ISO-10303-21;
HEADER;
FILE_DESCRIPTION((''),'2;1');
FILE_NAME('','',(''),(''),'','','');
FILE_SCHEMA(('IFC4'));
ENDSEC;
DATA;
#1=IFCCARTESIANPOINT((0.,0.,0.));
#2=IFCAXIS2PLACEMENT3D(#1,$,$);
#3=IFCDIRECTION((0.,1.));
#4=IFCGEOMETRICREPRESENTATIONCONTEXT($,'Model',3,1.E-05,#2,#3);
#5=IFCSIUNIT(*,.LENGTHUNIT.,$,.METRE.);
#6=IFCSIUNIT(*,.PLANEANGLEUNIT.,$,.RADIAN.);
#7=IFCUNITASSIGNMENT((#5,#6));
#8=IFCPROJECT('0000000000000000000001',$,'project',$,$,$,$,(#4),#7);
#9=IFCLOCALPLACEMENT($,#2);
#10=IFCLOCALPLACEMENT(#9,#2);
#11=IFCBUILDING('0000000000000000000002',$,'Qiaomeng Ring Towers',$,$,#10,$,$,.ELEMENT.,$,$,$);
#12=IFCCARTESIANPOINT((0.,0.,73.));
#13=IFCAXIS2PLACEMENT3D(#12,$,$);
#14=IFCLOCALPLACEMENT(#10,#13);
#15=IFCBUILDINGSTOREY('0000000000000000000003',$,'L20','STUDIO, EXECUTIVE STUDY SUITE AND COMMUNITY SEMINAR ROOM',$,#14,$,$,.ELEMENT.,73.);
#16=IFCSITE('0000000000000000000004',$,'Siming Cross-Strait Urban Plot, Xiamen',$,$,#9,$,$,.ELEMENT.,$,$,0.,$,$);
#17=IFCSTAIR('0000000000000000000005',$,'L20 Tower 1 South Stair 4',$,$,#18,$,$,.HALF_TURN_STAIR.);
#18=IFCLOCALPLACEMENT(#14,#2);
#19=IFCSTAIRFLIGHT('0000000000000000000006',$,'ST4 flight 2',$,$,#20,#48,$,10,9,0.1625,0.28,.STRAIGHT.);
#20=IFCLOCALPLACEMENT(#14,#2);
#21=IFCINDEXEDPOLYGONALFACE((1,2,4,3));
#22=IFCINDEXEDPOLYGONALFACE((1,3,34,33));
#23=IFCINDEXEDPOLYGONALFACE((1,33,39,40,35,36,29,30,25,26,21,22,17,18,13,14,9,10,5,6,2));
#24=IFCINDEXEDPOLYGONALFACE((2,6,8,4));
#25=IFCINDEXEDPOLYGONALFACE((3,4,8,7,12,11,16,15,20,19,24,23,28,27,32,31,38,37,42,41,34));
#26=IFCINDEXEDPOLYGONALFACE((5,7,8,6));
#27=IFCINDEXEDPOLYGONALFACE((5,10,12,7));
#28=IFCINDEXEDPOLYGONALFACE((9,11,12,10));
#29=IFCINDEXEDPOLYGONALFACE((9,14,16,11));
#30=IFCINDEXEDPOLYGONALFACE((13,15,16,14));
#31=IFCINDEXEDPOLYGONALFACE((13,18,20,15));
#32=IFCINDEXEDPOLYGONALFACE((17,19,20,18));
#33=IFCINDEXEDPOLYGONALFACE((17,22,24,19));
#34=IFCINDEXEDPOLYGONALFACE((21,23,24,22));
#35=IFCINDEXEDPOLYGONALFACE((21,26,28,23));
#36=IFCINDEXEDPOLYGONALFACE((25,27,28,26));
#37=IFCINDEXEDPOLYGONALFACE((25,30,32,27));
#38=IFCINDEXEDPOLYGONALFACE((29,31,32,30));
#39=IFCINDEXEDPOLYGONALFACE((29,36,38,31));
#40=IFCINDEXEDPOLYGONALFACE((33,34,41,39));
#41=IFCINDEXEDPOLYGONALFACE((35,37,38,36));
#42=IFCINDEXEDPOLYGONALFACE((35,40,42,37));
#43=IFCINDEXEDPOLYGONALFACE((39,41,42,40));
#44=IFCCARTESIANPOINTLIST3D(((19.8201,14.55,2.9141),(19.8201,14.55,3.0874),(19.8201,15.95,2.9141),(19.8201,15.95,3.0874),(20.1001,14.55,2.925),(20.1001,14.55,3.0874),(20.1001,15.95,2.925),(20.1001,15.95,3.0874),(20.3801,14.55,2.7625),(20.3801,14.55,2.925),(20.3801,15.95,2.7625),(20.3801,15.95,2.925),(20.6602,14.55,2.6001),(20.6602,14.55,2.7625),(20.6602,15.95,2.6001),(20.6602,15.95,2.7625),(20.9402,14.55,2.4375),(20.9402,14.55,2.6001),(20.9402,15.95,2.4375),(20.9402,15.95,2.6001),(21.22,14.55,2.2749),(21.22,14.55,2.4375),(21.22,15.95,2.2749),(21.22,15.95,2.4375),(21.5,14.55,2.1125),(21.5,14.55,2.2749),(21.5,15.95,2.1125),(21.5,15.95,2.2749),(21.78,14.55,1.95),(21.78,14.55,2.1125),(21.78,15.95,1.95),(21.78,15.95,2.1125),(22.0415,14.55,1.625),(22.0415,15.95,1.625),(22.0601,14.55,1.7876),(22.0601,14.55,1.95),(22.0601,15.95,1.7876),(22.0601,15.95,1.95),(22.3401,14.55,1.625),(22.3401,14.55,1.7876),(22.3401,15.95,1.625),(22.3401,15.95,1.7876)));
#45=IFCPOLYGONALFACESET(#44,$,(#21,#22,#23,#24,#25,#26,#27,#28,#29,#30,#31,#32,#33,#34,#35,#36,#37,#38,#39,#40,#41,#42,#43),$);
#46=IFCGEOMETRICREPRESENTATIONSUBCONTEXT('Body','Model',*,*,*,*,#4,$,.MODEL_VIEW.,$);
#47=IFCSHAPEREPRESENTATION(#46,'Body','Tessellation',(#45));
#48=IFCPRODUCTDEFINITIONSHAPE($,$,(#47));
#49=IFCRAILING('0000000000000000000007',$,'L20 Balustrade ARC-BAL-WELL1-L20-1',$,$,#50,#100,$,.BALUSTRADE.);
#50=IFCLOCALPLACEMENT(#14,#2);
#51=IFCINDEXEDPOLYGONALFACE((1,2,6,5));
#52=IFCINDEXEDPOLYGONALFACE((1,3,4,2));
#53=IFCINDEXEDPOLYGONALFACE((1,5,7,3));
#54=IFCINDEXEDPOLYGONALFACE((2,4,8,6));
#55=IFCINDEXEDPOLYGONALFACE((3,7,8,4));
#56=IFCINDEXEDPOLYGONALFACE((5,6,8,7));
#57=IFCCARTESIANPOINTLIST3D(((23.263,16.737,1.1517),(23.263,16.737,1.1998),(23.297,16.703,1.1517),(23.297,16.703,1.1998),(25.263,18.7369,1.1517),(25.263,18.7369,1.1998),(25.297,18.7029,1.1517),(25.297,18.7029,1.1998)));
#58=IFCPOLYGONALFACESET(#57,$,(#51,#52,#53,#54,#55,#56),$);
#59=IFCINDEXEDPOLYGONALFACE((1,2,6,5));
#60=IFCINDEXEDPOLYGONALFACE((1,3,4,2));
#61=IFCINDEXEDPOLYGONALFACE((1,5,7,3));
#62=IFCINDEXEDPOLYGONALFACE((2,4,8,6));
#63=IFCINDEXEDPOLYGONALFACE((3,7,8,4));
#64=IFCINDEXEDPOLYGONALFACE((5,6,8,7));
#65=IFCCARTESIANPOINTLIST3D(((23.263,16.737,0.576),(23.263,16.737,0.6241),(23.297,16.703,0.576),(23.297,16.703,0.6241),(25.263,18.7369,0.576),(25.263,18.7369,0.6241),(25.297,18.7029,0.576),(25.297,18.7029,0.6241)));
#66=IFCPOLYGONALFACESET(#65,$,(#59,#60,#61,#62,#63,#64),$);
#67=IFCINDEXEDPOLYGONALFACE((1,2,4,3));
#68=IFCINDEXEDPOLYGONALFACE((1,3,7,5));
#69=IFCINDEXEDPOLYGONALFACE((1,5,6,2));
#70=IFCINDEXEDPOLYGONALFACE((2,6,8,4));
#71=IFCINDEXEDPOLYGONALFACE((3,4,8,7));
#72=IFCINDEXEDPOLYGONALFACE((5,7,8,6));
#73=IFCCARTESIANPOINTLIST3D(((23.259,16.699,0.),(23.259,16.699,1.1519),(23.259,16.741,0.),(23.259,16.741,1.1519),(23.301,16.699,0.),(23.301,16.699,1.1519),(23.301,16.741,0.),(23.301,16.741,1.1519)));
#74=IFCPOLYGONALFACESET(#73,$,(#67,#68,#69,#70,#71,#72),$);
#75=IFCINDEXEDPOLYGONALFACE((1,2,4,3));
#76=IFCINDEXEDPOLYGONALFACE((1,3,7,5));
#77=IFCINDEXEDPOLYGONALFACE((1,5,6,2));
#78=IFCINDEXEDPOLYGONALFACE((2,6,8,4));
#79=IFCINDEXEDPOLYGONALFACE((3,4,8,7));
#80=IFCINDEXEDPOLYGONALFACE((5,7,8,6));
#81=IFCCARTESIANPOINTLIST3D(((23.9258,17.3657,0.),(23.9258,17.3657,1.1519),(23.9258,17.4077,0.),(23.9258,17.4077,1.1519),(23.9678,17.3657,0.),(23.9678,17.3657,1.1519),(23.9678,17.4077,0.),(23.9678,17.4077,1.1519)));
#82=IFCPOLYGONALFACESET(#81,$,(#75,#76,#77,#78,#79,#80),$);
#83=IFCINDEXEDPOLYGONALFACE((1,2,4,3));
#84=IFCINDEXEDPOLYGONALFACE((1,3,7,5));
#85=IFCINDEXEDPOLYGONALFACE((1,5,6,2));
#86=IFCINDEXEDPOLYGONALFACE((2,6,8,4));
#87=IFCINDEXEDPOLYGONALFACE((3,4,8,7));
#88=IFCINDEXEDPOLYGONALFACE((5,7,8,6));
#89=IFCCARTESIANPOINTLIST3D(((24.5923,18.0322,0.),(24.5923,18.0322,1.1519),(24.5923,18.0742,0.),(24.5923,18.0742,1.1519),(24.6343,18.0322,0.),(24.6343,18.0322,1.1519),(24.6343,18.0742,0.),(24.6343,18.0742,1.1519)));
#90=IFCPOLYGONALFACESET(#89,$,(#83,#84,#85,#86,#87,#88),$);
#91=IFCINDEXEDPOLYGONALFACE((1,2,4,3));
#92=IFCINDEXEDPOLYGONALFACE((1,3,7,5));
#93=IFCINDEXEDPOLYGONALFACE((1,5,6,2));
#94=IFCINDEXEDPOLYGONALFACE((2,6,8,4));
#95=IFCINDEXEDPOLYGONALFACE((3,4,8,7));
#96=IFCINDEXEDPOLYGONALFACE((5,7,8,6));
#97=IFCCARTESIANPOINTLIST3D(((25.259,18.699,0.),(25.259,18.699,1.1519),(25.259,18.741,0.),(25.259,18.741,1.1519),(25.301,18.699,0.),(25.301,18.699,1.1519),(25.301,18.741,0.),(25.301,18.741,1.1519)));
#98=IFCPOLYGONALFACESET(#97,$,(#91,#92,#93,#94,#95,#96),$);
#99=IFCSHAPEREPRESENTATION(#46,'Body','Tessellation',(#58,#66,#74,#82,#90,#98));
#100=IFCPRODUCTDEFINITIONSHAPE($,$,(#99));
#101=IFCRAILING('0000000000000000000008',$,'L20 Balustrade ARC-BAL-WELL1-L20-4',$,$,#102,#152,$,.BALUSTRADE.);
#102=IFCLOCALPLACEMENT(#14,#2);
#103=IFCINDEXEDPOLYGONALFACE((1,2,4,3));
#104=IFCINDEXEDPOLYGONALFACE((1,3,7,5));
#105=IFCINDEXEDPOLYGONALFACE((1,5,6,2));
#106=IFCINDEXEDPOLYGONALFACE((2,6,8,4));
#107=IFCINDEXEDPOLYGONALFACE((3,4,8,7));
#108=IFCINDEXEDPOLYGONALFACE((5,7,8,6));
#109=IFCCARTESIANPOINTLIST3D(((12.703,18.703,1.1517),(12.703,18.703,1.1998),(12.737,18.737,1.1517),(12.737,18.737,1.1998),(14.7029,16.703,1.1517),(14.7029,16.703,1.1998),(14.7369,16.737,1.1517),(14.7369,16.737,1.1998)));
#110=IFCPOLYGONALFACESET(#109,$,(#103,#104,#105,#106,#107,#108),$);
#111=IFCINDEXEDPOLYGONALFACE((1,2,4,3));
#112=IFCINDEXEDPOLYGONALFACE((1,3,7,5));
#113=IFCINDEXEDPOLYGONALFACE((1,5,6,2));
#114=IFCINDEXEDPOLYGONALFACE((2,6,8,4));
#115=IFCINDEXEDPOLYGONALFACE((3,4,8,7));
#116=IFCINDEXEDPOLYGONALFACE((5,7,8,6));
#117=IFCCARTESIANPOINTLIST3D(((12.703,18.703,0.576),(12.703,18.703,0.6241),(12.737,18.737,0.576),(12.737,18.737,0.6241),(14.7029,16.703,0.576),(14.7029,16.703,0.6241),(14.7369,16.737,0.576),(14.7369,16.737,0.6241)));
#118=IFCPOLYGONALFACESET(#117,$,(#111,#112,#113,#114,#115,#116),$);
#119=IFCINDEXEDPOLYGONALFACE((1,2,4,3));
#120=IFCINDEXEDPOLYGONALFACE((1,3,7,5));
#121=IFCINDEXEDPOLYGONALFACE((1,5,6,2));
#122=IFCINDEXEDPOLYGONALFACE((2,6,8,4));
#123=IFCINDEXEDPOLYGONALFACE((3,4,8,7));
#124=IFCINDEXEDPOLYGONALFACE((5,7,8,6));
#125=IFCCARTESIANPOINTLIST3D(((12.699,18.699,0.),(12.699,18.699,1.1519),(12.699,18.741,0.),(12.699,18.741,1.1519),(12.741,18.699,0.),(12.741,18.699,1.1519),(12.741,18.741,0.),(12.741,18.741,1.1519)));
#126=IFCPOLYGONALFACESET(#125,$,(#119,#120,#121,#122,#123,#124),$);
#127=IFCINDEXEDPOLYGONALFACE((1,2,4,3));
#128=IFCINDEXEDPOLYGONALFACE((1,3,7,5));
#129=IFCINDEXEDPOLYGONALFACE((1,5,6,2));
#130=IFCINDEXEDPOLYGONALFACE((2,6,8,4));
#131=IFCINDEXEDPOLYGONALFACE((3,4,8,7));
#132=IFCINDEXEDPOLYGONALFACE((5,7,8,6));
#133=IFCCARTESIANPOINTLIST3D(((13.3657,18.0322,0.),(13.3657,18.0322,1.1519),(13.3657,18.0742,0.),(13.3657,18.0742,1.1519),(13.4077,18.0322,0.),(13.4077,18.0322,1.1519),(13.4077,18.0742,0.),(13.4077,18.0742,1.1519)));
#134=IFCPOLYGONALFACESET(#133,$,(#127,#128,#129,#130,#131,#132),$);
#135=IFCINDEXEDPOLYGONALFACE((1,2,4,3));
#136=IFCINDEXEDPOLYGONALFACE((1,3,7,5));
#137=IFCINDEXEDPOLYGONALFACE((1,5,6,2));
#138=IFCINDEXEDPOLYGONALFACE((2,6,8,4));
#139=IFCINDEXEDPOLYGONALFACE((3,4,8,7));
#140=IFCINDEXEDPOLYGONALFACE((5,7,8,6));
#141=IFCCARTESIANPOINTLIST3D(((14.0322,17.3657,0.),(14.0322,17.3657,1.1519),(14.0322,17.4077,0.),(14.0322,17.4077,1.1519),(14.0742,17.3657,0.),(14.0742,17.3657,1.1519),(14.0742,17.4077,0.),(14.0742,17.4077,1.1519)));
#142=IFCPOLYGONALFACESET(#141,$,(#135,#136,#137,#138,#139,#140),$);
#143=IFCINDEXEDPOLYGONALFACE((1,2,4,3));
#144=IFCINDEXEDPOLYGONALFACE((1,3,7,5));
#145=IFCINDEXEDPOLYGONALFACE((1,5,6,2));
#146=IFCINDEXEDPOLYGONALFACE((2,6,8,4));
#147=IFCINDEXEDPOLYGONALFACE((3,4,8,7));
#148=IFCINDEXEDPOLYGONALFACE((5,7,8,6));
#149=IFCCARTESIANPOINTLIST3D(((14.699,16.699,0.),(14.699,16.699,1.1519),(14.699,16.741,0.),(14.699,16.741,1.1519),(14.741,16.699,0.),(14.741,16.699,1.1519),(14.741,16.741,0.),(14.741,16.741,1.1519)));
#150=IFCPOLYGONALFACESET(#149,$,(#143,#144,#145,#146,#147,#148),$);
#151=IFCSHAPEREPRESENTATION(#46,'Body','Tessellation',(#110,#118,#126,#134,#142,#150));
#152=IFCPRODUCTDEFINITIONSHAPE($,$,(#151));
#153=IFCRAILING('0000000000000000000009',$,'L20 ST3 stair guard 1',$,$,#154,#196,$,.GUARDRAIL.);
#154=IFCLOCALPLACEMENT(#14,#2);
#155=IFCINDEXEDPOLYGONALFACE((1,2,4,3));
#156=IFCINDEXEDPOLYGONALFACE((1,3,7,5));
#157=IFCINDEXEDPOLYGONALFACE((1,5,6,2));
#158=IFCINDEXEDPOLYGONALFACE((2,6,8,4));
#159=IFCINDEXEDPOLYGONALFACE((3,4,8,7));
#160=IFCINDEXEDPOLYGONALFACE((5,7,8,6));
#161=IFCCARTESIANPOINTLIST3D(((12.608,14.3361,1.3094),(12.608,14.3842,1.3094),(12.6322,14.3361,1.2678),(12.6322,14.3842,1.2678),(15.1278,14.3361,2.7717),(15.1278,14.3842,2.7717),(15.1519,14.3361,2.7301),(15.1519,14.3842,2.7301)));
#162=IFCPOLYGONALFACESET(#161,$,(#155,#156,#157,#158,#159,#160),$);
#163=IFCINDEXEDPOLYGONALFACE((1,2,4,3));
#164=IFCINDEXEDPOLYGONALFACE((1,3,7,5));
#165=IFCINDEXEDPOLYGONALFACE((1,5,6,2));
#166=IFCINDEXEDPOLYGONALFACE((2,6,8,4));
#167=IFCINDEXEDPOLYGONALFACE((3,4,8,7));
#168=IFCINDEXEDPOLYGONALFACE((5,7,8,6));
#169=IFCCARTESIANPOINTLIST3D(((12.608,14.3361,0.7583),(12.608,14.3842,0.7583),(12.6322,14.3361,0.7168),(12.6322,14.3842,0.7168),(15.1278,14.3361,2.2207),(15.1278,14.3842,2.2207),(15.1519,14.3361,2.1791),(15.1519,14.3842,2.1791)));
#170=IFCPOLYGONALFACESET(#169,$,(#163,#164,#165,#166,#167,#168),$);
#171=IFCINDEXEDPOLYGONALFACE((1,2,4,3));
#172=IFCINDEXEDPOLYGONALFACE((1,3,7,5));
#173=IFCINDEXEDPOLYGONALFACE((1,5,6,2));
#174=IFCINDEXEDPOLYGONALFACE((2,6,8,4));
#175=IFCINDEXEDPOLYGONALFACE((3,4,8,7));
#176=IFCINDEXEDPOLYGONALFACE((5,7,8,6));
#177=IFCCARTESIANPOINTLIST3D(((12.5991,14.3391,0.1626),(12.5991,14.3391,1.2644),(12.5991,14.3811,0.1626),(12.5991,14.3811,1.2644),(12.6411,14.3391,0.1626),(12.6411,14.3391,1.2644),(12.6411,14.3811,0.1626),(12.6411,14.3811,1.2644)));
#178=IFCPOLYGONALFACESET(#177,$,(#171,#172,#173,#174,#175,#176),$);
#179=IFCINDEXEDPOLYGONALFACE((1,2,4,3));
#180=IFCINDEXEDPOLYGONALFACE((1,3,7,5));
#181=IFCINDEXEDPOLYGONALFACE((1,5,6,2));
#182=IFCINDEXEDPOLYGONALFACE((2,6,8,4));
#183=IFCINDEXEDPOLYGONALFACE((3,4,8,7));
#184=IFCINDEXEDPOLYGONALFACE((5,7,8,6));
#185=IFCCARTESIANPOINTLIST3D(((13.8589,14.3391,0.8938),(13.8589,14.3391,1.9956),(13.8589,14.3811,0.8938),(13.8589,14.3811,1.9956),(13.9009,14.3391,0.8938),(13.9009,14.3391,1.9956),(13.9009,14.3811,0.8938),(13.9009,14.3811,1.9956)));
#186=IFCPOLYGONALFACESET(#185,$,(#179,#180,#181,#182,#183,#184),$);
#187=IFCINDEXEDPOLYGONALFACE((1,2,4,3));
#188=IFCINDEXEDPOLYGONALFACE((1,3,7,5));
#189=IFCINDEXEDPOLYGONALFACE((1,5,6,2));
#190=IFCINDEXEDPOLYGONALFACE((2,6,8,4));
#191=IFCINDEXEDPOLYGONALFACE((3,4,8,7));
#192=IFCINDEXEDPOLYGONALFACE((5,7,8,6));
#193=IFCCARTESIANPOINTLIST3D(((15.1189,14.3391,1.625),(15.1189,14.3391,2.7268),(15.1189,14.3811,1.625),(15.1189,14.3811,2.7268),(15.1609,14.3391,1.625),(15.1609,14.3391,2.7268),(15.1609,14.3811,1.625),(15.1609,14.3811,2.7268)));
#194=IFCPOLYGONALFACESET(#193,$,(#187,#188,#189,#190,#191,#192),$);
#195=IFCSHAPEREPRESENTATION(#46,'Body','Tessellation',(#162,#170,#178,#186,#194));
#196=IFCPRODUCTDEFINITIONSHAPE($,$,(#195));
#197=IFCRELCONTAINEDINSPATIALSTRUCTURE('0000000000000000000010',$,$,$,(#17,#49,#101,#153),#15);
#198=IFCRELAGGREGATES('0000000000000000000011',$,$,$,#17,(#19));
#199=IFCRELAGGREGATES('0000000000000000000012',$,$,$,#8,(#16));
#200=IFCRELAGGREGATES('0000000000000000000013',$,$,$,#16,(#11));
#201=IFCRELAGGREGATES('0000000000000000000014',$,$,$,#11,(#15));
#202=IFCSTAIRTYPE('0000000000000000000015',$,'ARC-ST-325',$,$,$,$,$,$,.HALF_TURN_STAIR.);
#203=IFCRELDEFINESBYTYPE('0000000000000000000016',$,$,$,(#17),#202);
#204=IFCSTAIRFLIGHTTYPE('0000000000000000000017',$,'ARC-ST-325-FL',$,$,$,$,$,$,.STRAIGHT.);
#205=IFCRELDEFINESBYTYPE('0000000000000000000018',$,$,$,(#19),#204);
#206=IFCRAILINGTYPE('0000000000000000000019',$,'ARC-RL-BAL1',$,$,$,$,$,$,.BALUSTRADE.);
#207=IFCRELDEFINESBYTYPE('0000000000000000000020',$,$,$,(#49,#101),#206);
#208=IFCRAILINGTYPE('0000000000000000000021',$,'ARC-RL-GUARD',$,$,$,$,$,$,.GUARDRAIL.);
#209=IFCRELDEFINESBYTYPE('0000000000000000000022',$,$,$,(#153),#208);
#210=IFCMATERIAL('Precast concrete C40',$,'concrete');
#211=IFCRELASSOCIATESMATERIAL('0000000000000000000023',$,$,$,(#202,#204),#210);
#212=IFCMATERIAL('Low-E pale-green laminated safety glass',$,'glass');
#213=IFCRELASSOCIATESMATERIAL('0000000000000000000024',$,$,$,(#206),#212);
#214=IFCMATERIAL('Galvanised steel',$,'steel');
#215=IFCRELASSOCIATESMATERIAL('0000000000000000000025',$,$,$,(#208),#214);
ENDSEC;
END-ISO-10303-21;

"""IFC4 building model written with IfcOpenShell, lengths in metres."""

from ifc_helpers import new_model, si_unit, direction, frame, origin, origin_2d, place, context, subcontext, project, spatial, polyline, rectangle, outline, extrude, source, transform, mapped, material, type_object, element, aggregate, save


model = new_model("IFC4")

# Units and contexts
model_context = context("Model", 3, precision=1e-05, world=origin(), true_north=direction((0.0, 1.0)))
body_context = subcontext(model_context, "Body", "Model", "MODEL_VIEW")
ifc_project = project(units=[si_unit("LENGTHUNIT", "METRE"), si_unit("PLANEANGLEUNIT", "RADIAN")], contexts=[model_context])

# Site, building, storey
site_placement = place(None, origin())
site = spatial("IfcSite", under=ifc_project, at=site_placement, Name="Siming Cross-Strait Urban Plot, Xiamen", CompositionType="ELEMENT", RefElevation=0.0)
building_placement = place(site_placement, origin())
building = spatial("IfcBuilding", under=site, at=building_placement, Name="Qiaomeng Ring Towers", CompositionType="ELEMENT")
storey_placement = place(building_placement, frame((0.0, 0.0, 73.0)))
storey = spatial("IfcBuildingStorey", under=building, at=storey_placement, Name="L20", Description="STUDIO, EXECUTIVE STUDY SUITE AND COMMUNITY SEMINAR ROOM", CompositionType="ELEMENT", Elevation=73.0)

# Shared definitions
ifc_material_1 = material(Name="Precast concrete C40", Category="concrete")
stair_type = type_object("IfcStairType", Name="ARC-ST-325", PredefinedType="HALF_TURN_STAIR", material=ifc_material_1)
stair_flight_type = type_object("IfcStairFlightType", Name="ARC-ST-325-FL", PredefinedType="STRAIGHT", material=ifc_material_1)
shared_shape_1 = source(origin(), body_context, "Body", "SweptSolid", [
    extrude(outline(polyline([(0.0, 0.0), (0.0, 0.1626), (0.28, 0.1626), (0.28, 0.325), (0.5601, 0.325), (0.5601, 0.4875), (0.8401, 0.4875), (0.8401, 0.6499), (1.1201, 0.6499), (1.1201, 0.8125), (1.3999, 0.8125), (1.3999, 0.9751), (1.6799, 0.9751), (1.6799, 1.1375), (1.96, 1.1375), (1.96, 1.3), (2.24, 1.3), (2.24, 1.4624), (2.52, 1.4624), (2.52, 1.625), (2.52, 1.2891), (0.2986, 0.0), (0.0, 0.0)])), frame((0.0, 0.7, 0.0), z_axis=(0.0, -1.0, 0.0), x_axis=(1.0, 0.0, 0.0)), (0.0, 0.0, 1.0), 1.3999),
])

# Stair, stair flight
stair_1_placement = place(storey_placement, origin())
stair_1 = element("IfcStair", 1, at=stair_1_placement, inside=storey, type_object=stair_type, Name="L20 Tower 1 South Stair 4", PredefinedType="HALF_TURN_STAIR")
stair_flight_1_placement = place(storey_placement, frame((22.3401, 15.25, 1.625), z_axis=(0.0, 0.0, 1.0), x_axis=(-1.0, 0.0, 0.0)))
stair_flight_1 = element("IfcStairFlight", 2, at=stair_flight_1_placement, type_object=stair_flight_type, Name="ST4 flight 2", NumberOfRisers=10, NumberOfTreads=9, PredefinedType="STRAIGHT", RiserHeight=0.1625, TreadLength=0.28, context=body_context, shape_type="MappedRepresentation", body=[
    mapped(shared_shape_1, transform((0.0, 0.0, 0.0), x_axis=(1.0, 0.0, 0.0), y_axis=(0.0, 1.0, 0.0), z_axis=(0.0, 0.0, 1.0), scale=1.0)),
])
aggregate(stair_1, [stair_flight_1])

# Railings
ifc_material_2 = material(Name="Low-E pale-green laminated safety glass", Category="glass")
railing_type_1 = type_object("IfcRailingType", Name="ARC-RL-BAL1", PredefinedType="BALUSTRADE", material=ifc_material_2)
railing_1_placement = place(storey_placement, frame((23.28, 16.72, 0.0)))
element("IfcRailing", 3, at=railing_1_placement, inside=storey, type_object=railing_type_1, Name="L20 Balustrade ARC-BAL-WELL1-L20-1", PredefinedType="BALUSTRADE", context=body_context, shape_type="SweptSolid", body=[
    extrude(rectangle(XDim=0.0481, YDim=0.0481, at=origin_2d()), frame((0.0, 0.0, 1.1758), z_axis=(0.707107, 0.707107, 0.0), x_axis=(-0.707107, 0.707107, 0.0)), (0.0, 0.0, 1.0), 2.8284),
    extrude(rectangle(XDim=0.0481, YDim=0.0481, at=origin_2d()), frame((0.0, 0.0, 0.6001), z_axis=(0.707107, 0.707107, 0.0), x_axis=(-0.707107, 0.707107, 0.0)), (0.0, 0.0, 1.0), 2.8284),
    extrude(rectangle(XDim=0.042, YDim=0.042, at=origin_2d()), origin(), (0.0, 0.0, 1.0), 1.1519),
    extrude(rectangle(XDim=0.042, YDim=0.042, at=origin_2d()), frame((0.6667, 0.6667, 0.0)), (0.0, 0.0, 1.0), 1.1519),
    extrude(rectangle(XDim=0.042, YDim=0.042, at=origin_2d()), frame((1.3333, 1.3333, 0.0)), (0.0, 0.0, 1.0), 1.1519),
    extrude(rectangle(XDim=0.042, YDim=0.042, at=origin_2d()), frame((2.0, 2.0, 0.0)), (0.0, 0.0, 1.0), 1.1519),
])
railing_2_placement = place(storey_placement, frame((12.72, 18.72, 0.0)))
element("IfcRailing", 4, at=railing_2_placement, inside=storey, type_object=railing_type_1, Name="L20 Balustrade ARC-BAL-WELL1-L20-4", PredefinedType="BALUSTRADE", context=body_context, shape_type="SweptSolid", body=[
    extrude(rectangle(XDim=0.0481, YDim=0.0481, at=origin_2d()), frame((0.0, 0.0, 1.1758), z_axis=(0.707107, -0.707107, 0.0), x_axis=(0.707107, 0.707107, 0.0)), (0.0, 0.0, 1.0), 2.8284),
    extrude(rectangle(XDim=0.0481, YDim=0.0481, at=origin_2d()), frame((0.0, 0.0, 0.6001), z_axis=(0.707107, -0.707107, 0.0), x_axis=(0.707107, 0.707107, 0.0)), (0.0, 0.0, 1.0), 2.8284),
    extrude(rectangle(XDim=0.042, YDim=0.042, at=origin_2d()), origin(), (0.0, 0.0, 1.0), 1.1519),
    extrude(rectangle(XDim=0.042, YDim=0.042, at=origin_2d()), frame((0.6667, -0.6667, 0.0)), (0.0, 0.0, 1.0), 1.1519),
    extrude(rectangle(XDim=0.042, YDim=0.042, at=origin_2d()), frame((1.3333, -1.3333, 0.0)), (0.0, 0.0, 1.0), 1.1519),
    extrude(rectangle(XDim=0.042, YDim=0.042, at=origin_2d()), frame((2.0, -2.0, 0.0)), (0.0, 0.0, 1.0), 1.1519),
])
ifc_material_3 = material(Name="Galvanised steel", Category="steel")
railing_type_2 = type_object("IfcRailingType", Name="ARC-RL-GUARD", PredefinedType="GUARDRAIL", material=ifc_material_3)
railing_3_placement = place(storey_placement, frame((12.6201, 14.3601, 0.1626)))
element("IfcRailing", 5, at=railing_3_placement, inside=storey, type_object=railing_type_2, Name="L20 ST3 stair guard 1", PredefinedType="GUARDRAIL", context=body_context, shape_type="SweptSolid", body=[
    extrude(rectangle(XDim=0.0481, YDim=0.0481, at=origin_2d()), frame((0.0, 0.0, 1.126), z_axis=(0.864892, 0.0, 0.501958), x_axis=(0.0, 1.0, 0.0)), (0.0, 0.0, 1.0), 2.9133),
    extrude(rectangle(XDim=0.0481, YDim=0.0481, at=origin_2d()), frame((0.0, 0.0, 0.575), z_axis=(0.864892, 0.0, 0.501958), x_axis=(0.0, 1.0, 0.0)), (0.0, 0.0, 1.0), 2.9133),
    extrude(rectangle(XDim=0.042, YDim=0.042, at=origin_2d()), origin(), (0.0, 0.0, 1.0), 1.1018),
    extrude(rectangle(XDim=0.042, YDim=0.042, at=origin_2d()), frame((1.2598, 0.0, 0.7312)), (0.0, 0.0, 1.0), 1.1018),
    extrude(rectangle(XDim=0.042, YDim=0.042, at=origin_2d()), frame((2.5198, 0.0, 1.4624)), (0.0, 0.0, 1.0), 1.1018),
])

save(model, "model.ifc")
